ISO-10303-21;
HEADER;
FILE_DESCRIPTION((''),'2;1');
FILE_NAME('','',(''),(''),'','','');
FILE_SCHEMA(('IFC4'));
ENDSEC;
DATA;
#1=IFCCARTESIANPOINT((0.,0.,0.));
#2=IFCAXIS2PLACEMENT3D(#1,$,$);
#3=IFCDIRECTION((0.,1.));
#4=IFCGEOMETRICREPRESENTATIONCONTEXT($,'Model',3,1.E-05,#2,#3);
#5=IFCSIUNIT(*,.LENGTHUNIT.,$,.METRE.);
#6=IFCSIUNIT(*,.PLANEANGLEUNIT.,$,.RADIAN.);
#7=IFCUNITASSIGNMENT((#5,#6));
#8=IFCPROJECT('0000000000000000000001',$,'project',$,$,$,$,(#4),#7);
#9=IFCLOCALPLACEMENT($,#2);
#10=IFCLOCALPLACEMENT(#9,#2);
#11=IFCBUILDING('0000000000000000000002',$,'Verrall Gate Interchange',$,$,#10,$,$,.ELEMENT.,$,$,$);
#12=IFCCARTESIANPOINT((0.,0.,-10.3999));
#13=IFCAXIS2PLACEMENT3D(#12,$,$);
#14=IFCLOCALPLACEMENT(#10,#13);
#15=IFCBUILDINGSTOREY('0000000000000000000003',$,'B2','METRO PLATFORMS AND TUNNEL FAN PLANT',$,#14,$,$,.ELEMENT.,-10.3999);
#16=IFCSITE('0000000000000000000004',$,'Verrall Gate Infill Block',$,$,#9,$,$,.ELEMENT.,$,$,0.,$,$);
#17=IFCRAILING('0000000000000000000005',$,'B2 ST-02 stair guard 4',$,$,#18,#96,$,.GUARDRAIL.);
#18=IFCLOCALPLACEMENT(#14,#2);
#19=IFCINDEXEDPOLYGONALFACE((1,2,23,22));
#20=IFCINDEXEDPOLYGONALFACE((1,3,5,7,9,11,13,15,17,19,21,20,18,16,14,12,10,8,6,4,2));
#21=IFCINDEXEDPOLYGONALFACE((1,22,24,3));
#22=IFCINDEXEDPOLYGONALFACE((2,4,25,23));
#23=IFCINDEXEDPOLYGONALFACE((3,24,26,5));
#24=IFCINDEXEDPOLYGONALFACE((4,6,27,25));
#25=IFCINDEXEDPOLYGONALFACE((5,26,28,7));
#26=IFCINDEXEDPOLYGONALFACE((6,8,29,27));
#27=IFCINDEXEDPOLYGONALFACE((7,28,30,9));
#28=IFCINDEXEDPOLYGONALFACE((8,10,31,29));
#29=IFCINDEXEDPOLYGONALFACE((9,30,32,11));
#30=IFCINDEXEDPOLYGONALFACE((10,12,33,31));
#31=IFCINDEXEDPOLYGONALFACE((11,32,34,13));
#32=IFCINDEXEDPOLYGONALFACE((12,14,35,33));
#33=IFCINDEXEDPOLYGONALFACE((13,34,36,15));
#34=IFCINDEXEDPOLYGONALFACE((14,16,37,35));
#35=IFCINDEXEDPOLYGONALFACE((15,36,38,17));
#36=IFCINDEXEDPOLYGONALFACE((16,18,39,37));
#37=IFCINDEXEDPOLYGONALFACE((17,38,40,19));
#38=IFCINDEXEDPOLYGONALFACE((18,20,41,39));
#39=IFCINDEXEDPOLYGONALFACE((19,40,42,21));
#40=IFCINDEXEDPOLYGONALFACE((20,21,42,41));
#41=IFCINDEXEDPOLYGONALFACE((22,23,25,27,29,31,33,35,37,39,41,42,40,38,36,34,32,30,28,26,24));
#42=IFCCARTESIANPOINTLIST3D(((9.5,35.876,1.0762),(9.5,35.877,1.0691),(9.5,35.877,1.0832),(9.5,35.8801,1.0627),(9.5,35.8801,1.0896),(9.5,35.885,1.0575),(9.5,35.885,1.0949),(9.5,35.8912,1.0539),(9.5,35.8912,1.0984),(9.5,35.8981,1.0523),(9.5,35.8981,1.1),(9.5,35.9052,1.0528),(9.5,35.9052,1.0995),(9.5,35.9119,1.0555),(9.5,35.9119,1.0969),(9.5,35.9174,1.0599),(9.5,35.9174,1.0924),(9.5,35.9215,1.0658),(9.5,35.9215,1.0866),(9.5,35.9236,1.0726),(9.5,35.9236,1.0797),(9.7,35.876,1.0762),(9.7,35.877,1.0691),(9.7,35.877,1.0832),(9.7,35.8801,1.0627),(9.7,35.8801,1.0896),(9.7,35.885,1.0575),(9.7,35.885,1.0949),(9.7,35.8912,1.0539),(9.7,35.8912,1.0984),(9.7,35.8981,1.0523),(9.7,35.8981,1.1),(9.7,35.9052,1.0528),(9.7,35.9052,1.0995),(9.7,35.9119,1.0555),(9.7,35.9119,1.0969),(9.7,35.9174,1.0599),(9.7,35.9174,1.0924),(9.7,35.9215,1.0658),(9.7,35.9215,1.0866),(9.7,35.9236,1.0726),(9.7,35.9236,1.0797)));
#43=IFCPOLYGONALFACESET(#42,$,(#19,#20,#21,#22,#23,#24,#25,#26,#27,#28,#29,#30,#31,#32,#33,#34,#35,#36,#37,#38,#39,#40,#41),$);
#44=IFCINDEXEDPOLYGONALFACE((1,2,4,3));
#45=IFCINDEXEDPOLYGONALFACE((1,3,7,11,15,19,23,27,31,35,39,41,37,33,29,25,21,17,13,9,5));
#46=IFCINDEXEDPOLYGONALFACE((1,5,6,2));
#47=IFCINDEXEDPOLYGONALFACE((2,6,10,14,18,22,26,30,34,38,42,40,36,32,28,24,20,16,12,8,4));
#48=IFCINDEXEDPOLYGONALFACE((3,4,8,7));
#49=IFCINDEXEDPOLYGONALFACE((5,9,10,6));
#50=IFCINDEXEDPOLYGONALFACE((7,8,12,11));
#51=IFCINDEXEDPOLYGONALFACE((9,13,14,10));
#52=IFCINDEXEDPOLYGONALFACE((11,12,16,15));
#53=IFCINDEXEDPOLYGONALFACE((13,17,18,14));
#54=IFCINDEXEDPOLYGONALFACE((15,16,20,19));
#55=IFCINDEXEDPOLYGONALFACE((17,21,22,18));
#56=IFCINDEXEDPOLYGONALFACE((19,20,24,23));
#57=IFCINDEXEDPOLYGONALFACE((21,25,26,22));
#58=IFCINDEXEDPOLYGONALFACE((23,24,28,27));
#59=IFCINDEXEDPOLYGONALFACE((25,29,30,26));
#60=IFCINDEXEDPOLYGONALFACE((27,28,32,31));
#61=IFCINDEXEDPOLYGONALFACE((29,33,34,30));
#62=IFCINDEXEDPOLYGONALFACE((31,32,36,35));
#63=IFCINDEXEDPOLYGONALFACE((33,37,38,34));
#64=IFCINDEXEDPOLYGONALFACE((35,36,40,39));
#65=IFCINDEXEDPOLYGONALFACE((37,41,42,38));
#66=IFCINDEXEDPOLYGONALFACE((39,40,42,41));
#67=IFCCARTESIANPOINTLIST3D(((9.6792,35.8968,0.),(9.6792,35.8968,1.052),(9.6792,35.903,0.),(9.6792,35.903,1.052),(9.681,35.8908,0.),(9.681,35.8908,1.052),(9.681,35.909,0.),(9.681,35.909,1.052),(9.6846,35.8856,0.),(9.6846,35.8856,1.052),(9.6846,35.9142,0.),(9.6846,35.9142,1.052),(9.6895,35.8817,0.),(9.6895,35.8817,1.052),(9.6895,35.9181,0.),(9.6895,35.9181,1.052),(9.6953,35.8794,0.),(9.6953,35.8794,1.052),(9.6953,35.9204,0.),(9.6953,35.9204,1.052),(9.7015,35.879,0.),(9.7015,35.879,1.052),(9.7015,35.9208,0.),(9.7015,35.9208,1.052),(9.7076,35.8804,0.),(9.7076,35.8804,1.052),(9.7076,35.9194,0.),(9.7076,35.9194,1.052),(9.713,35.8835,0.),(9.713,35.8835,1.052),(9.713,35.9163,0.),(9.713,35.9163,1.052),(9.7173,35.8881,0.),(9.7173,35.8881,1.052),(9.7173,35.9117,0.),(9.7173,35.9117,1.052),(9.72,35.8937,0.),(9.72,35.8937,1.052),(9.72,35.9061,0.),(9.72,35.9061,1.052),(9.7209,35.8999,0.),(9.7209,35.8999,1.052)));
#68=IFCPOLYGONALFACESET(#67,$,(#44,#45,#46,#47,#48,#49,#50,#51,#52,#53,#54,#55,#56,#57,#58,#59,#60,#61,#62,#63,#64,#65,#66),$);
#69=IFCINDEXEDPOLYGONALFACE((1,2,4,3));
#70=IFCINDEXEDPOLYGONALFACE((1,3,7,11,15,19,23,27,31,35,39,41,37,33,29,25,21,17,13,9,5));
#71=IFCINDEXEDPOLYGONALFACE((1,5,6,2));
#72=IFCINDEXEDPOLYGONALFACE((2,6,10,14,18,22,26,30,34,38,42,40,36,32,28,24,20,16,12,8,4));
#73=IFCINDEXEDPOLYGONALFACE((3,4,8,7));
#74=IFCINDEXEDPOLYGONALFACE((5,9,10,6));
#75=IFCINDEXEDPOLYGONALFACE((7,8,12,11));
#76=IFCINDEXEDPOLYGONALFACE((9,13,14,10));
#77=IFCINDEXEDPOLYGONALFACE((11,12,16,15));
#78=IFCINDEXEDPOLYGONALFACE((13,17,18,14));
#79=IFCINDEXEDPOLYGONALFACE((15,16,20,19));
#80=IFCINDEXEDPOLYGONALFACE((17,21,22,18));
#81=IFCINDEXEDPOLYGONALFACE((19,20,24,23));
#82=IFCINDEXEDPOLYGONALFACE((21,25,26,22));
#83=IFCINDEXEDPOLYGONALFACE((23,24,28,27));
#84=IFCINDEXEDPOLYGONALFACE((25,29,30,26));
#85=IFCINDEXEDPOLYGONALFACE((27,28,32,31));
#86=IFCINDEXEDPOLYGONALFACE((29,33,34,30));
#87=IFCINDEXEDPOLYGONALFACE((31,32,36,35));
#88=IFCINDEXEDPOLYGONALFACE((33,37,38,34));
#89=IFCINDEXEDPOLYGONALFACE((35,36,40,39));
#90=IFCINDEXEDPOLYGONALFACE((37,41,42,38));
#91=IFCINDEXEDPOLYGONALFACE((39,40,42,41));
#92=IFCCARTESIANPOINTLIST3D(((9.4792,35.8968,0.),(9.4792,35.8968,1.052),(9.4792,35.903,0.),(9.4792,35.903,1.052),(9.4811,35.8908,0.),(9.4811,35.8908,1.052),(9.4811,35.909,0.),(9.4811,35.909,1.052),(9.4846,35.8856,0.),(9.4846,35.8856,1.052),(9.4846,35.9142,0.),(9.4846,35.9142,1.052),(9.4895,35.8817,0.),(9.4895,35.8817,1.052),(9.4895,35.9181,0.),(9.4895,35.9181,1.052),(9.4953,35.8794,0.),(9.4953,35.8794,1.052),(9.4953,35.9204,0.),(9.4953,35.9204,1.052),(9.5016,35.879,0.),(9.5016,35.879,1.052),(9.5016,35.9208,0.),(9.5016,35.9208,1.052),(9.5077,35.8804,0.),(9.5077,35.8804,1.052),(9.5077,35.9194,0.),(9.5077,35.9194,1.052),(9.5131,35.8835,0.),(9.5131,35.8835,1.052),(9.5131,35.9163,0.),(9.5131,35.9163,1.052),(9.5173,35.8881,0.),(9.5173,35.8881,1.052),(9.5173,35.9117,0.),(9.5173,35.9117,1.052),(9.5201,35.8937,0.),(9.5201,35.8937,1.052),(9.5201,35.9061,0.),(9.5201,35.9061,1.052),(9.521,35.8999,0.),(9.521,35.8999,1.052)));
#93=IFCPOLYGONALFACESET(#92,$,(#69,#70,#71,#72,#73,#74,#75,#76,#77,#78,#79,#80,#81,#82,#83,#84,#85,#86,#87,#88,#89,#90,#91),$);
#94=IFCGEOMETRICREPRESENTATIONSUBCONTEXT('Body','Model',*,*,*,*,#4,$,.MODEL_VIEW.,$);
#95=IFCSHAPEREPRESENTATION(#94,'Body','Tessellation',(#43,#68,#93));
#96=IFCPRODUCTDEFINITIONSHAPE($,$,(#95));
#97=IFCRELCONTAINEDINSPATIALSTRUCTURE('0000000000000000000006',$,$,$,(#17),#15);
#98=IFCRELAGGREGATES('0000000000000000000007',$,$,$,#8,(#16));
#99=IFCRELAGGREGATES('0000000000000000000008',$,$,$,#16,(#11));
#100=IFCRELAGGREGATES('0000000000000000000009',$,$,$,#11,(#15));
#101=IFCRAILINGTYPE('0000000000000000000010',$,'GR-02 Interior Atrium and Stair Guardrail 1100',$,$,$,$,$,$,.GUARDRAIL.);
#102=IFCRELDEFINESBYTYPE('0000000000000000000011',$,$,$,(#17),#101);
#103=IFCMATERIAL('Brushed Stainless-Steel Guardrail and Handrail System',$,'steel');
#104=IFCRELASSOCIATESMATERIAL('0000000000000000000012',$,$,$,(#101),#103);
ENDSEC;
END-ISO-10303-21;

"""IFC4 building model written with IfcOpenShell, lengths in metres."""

from ifc_helpers import new_model, si_unit, direction, frame, origin, origin_2d, place, context, subcontext, project, spatial, circle, extrude, material, type_object, element, save


model = new_model("IFC4")

# Units and contexts
model_context = context("Model", 3, precision=1e-05, world=origin(), true_north=direction((0.0, 1.0)))
body_context = subcontext(model_context, "Body", "Model", "MODEL_VIEW")
ifc_project = project(units=[si_unit("LENGTHUNIT", "METRE"), si_unit("PLANEANGLEUNIT", "RADIAN")], contexts=[model_context])

# Site, building, storey
site_placement = place(None, origin())
site = spatial("IfcSite", under=ifc_project, at=site_placement, Name="Verrall Gate Infill Block", CompositionType="ELEMENT", RefElevation=0.0)
building_placement = place(site_placement, origin())
building = spatial("IfcBuilding", under=site, at=building_placement, Name="Verrall Gate Interchange", CompositionType="ELEMENT")
storey_placement = place(building_placement, frame((0.0, 0.0, -10.3999)))
storey = spatial("IfcBuildingStorey", under=building, at=storey_placement, Name="B2", Description="METRO PLATFORMS AND TUNNEL FAN PLANT", CompositionType="ELEMENT", Elevation=-10.3999)

# Railing
ifc_material_1 = material(Name="Brushed Stainless-Steel Guardrail and Handrail System", Category="steel")
railing_type_1 = type_object("IfcRailingType", Name="GR-02 Interior Atrium and Stair Guardrail 1100", PredefinedType="GUARDRAIL", material=ifc_material_1)
railing_1_placement = place(storey_placement, frame((9.7, 35.8999, 0.0)))
element("IfcRailing", 1, at=railing_1_placement, inside=storey, type_object=railing_type_1, Name="B2 ST-02 stair guard 4", PredefinedType="GUARDRAIL", context=body_context, shape_type="SweptSolid", body=[
    extrude(circle(Radius=0.0239, at=origin_2d()), frame((0.0, 0.0, 1.0762), z_axis=(-1.0, 0.0, 0.0), x_axis=(0.0, -1.0, 0.0)), (0.0, 0.0, 1.0), 0.2),
    extrude(circle(Radius=0.021, at=origin_2d()), origin(), (0.0, 0.0, 1.0), 1.052),
    extrude(circle(Radius=0.021, at=origin_2d()), frame((-0.2, 0.0, 0.0)), (0.0, 0.0, 1.0), 1.052),
])

save(model, "model.ifc")
